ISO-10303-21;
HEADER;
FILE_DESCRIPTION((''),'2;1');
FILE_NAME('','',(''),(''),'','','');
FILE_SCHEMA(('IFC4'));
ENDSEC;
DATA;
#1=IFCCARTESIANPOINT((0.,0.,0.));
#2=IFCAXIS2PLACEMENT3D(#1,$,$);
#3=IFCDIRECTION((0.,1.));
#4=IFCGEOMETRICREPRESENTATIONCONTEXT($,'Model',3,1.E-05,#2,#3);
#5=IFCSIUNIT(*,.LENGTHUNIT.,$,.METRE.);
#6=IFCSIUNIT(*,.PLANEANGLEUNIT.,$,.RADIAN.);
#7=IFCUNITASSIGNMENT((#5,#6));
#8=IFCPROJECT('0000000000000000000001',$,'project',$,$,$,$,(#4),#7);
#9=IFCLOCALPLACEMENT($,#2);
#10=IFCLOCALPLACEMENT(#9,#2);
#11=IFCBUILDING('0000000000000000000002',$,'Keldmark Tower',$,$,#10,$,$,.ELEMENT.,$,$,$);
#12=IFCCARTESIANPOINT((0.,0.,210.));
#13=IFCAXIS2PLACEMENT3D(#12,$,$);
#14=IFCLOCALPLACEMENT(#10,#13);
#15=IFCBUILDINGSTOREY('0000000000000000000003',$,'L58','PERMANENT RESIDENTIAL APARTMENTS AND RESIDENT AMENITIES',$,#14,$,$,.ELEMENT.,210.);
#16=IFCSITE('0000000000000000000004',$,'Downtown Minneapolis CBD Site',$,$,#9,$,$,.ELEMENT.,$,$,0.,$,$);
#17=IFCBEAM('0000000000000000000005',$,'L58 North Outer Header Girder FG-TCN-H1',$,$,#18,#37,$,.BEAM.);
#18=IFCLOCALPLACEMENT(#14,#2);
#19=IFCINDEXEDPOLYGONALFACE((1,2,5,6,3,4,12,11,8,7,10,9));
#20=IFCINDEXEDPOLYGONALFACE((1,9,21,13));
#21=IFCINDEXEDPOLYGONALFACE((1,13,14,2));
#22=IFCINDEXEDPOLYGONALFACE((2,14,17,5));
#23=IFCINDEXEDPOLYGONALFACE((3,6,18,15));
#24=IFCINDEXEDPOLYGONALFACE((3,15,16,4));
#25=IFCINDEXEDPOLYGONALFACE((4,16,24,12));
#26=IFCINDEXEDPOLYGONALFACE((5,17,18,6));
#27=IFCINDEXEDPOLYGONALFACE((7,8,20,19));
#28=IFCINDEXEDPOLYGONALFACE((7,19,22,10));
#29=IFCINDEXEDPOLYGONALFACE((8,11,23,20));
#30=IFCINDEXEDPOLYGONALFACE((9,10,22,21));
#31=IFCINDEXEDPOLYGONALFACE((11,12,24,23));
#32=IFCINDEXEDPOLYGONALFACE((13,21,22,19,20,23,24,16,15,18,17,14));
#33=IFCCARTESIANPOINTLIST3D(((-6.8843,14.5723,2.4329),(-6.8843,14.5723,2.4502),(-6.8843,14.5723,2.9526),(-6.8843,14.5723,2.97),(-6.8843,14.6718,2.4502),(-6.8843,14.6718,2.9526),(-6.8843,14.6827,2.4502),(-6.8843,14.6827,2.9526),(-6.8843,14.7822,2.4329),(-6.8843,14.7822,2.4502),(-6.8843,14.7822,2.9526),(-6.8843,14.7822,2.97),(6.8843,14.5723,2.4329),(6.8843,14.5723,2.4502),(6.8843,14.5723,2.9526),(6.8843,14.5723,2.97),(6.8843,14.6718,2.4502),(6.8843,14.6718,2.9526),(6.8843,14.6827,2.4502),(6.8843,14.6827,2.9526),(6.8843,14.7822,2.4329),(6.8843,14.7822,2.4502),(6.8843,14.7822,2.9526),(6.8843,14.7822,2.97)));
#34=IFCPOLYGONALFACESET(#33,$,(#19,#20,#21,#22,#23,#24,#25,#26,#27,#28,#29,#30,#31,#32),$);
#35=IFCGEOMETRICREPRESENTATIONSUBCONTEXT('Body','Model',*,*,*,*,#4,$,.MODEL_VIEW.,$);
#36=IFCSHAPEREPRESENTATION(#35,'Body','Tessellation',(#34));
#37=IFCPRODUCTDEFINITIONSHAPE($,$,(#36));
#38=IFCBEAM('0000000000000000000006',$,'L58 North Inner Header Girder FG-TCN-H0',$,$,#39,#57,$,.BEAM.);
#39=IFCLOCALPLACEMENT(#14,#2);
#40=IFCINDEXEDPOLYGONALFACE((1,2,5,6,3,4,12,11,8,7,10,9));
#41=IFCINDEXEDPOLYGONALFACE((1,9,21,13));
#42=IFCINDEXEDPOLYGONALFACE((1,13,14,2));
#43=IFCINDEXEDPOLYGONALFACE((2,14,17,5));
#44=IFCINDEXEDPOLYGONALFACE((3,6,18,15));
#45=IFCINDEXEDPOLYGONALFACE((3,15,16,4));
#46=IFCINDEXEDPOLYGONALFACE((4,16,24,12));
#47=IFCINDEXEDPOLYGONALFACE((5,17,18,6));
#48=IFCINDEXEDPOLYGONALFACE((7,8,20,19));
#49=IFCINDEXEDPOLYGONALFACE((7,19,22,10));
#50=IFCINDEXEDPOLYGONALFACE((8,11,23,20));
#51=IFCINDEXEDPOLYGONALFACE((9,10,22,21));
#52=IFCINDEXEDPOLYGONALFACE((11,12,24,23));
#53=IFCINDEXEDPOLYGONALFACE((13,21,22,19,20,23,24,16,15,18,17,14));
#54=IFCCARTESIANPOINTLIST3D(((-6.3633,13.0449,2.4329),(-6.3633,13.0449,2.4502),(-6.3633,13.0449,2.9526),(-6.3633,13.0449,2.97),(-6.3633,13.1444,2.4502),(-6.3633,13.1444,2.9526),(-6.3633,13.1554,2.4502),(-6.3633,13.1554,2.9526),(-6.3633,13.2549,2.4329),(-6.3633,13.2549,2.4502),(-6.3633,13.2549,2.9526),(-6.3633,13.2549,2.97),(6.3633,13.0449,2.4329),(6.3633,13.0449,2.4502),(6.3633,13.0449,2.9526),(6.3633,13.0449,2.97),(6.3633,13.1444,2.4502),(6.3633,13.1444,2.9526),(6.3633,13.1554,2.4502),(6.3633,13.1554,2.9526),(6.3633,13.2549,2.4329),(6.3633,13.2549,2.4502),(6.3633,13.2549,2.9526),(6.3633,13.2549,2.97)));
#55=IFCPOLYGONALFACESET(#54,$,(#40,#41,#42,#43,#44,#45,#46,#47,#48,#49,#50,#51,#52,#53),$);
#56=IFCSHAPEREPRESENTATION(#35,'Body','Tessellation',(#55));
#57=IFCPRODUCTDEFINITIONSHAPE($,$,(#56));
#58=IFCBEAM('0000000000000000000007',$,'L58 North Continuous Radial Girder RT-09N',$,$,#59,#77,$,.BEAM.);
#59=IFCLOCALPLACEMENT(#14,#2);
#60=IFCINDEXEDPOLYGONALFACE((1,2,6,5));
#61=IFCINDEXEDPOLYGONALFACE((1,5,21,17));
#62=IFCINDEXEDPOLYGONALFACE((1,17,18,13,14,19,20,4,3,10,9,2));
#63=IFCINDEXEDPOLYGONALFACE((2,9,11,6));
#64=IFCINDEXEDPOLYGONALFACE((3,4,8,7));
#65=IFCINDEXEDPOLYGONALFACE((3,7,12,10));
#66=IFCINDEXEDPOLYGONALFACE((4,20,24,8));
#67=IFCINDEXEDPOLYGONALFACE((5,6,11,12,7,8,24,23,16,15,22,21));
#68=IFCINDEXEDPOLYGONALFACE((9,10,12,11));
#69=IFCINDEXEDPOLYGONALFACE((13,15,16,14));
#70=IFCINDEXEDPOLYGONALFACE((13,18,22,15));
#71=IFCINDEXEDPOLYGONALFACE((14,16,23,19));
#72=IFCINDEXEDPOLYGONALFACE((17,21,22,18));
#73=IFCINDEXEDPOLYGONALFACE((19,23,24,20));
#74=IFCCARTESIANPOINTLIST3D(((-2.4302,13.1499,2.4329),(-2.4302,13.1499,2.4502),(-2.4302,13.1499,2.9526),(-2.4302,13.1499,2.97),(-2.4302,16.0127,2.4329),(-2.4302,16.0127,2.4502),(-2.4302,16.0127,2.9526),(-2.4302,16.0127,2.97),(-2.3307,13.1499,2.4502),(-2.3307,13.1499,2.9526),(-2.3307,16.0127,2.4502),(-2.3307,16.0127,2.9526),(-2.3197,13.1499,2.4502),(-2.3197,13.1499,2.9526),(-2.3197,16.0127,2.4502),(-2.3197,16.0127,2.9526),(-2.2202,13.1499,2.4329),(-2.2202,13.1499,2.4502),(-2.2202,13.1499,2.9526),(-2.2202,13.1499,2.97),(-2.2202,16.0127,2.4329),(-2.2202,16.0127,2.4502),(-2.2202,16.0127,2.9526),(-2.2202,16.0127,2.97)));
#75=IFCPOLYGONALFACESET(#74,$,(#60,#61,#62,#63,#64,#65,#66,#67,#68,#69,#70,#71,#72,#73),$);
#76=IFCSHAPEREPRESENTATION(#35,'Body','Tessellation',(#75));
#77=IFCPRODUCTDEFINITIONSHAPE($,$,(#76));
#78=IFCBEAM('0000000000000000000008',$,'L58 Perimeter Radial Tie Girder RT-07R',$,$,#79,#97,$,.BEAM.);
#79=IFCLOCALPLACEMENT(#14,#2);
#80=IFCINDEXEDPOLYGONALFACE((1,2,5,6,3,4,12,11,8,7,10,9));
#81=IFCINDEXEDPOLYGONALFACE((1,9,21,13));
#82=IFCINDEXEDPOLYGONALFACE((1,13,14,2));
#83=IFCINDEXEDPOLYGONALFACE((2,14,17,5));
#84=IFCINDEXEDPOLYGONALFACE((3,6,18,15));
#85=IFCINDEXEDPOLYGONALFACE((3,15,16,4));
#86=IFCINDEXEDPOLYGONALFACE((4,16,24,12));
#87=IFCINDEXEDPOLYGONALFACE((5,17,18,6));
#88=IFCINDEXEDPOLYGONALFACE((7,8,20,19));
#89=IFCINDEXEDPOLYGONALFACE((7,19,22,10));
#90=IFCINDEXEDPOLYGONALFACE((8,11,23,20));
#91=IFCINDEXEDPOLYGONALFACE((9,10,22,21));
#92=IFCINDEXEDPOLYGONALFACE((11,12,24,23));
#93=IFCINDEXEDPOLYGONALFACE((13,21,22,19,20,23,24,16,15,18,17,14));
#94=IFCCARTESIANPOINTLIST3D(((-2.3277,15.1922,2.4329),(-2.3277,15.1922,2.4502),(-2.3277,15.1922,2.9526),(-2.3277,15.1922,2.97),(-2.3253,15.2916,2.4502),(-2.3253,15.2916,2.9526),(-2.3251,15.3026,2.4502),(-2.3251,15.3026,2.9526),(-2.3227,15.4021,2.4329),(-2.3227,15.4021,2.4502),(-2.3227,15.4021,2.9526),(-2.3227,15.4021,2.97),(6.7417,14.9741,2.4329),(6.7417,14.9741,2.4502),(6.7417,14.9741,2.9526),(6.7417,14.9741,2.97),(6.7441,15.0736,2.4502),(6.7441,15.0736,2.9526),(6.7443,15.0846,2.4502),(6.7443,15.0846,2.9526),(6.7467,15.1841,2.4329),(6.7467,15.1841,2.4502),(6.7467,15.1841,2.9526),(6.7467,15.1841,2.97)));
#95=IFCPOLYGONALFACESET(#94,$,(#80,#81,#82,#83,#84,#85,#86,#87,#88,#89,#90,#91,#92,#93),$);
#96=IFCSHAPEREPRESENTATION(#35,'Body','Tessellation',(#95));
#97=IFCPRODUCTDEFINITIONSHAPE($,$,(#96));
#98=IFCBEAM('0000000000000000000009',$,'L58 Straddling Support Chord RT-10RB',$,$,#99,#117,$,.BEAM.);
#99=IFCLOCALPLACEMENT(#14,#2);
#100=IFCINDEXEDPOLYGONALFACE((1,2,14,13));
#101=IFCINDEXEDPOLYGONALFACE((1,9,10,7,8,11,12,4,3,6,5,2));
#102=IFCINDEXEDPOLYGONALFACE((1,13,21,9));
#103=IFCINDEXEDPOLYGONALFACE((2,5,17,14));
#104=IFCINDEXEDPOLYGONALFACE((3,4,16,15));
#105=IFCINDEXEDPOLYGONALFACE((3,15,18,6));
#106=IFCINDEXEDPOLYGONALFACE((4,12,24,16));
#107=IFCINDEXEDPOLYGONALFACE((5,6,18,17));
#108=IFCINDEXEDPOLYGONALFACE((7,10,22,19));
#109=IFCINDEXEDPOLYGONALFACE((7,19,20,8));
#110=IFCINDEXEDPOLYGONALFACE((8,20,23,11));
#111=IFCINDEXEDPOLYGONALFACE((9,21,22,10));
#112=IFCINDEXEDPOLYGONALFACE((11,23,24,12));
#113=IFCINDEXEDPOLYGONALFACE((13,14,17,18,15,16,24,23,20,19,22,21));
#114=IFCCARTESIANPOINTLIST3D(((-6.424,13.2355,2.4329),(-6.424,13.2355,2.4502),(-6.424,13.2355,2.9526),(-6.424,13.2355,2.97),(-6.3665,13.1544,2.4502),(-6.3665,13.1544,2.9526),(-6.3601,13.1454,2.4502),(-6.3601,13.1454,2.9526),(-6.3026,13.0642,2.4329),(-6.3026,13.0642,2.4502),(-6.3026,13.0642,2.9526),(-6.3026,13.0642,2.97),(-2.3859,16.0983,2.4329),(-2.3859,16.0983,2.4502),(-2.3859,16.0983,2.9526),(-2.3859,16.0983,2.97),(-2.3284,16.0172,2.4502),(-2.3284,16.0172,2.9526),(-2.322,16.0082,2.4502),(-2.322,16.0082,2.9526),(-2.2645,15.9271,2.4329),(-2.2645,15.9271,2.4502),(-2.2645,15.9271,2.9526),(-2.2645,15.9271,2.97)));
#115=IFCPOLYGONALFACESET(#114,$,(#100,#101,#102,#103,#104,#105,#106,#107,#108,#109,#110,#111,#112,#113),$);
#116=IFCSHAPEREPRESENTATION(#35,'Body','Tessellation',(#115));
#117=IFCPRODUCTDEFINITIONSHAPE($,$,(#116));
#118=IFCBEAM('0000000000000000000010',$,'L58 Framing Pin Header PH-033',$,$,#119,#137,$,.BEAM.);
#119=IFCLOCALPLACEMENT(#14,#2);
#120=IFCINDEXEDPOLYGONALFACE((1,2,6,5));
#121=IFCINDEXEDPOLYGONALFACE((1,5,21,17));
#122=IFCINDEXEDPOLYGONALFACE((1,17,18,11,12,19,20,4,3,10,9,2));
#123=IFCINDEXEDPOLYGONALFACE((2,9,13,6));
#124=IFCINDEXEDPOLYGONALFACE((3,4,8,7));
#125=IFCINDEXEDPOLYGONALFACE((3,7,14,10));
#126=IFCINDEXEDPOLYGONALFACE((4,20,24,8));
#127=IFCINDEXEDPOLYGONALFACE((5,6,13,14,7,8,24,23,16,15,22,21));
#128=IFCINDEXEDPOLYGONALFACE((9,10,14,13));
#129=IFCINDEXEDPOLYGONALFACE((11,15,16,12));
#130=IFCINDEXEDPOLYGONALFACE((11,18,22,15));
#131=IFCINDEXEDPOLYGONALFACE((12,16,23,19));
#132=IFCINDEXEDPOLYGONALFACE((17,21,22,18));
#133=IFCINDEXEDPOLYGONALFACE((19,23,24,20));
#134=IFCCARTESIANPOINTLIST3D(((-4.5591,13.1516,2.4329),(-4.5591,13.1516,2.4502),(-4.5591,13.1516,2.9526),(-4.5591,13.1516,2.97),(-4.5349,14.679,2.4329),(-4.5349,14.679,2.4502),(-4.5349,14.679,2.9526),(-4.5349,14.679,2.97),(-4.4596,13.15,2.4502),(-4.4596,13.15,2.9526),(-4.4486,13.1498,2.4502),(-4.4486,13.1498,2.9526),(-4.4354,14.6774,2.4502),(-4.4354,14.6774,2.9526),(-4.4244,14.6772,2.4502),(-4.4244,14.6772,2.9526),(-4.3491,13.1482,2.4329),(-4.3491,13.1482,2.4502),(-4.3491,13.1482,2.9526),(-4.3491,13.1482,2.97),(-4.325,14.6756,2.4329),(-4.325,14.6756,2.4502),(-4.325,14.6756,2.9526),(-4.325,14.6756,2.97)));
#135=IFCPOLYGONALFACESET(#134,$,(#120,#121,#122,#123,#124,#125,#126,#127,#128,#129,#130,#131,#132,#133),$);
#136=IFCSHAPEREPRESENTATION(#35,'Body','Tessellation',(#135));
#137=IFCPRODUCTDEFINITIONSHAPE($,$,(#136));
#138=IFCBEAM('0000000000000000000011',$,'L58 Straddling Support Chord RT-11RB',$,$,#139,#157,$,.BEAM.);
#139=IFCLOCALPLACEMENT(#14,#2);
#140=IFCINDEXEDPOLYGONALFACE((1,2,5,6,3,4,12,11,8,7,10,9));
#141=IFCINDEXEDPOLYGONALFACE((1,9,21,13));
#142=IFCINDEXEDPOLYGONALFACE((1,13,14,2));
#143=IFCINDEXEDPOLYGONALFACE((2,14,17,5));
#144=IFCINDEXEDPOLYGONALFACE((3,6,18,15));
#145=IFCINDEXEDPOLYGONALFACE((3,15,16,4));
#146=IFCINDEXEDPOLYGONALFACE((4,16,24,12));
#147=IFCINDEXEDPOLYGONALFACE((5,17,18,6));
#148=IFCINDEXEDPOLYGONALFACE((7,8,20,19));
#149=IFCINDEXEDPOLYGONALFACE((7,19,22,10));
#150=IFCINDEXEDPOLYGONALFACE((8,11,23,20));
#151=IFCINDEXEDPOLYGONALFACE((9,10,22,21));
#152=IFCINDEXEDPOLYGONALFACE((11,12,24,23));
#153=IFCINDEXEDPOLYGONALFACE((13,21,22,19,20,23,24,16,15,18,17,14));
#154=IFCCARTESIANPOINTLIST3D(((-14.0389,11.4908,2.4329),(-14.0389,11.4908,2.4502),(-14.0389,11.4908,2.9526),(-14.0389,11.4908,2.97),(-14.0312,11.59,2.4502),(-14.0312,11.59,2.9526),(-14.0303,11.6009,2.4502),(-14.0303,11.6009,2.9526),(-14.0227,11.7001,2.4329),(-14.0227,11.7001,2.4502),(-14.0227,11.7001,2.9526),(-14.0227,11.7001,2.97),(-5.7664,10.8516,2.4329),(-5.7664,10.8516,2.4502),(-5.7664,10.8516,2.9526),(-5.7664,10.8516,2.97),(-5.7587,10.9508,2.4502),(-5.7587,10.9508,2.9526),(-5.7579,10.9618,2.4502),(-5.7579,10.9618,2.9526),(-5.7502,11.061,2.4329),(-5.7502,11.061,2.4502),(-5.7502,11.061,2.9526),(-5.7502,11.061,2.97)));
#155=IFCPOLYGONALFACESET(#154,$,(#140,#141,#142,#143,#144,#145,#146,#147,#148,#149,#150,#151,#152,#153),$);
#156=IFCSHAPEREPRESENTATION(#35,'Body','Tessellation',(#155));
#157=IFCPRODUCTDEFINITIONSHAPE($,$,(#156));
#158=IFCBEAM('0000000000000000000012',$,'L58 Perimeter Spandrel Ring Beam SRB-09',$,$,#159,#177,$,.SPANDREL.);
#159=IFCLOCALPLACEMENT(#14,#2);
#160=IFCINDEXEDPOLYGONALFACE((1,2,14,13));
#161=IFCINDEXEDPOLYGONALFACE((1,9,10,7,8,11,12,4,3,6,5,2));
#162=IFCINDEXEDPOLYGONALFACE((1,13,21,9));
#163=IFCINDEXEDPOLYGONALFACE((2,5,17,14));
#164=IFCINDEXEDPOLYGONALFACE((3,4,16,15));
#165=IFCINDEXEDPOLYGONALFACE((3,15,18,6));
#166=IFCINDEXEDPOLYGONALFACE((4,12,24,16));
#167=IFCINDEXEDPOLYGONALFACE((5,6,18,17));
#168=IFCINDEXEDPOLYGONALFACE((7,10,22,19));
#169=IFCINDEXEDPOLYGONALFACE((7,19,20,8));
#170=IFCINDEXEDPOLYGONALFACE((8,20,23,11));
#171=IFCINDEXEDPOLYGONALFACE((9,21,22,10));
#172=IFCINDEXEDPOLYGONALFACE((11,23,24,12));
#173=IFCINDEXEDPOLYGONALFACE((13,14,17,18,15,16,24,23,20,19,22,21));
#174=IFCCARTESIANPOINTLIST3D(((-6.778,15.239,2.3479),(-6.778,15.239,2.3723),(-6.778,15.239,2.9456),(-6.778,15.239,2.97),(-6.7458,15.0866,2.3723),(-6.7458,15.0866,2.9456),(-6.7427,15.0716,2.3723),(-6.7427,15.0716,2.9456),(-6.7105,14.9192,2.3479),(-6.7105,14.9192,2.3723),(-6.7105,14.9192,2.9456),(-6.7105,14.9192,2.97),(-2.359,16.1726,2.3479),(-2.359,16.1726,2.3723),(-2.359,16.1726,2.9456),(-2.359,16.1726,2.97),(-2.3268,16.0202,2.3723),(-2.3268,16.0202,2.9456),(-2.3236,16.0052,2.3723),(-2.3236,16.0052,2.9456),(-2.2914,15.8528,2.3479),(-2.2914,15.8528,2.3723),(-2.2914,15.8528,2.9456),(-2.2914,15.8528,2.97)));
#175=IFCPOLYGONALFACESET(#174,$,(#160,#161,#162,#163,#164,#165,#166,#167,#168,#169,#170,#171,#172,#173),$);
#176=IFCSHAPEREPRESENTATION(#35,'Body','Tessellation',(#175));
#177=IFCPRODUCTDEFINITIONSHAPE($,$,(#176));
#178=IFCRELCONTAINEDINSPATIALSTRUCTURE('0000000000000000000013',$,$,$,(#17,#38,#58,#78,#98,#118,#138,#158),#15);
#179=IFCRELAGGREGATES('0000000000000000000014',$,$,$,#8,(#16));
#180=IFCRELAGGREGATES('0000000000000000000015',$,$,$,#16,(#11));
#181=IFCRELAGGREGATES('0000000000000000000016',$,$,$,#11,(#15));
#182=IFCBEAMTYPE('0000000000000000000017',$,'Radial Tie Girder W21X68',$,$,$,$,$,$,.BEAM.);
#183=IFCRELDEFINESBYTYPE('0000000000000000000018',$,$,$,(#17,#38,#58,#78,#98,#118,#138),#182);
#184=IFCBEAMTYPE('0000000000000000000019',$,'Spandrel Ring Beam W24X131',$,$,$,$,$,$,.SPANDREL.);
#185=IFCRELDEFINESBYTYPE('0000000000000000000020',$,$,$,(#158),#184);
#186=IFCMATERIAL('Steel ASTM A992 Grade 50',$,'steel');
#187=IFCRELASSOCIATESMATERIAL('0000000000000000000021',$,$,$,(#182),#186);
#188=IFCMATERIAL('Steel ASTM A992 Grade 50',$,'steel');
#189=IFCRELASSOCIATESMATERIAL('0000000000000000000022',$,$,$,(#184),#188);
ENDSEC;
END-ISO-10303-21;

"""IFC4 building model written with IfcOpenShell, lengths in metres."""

from ifc_helpers import new_model, si_unit, direction, frame, origin, origin_2d, place, context, subcontext, project, spatial, i_section, extrude, material, material_profile, profile_set, type_object, element, save


model = new_model("IFC4")

# Units and contexts
model_context = context("Model", 3, precision=1e-05, world=origin(), true_north=direction((0.0, 1.0)))
body_context = subcontext(model_context, "Body", "Model", "MODEL_VIEW")
ifc_project = project(units=[si_unit("LENGTHUNIT", "METRE"), si_unit("PLANEANGLEUNIT", "RADIAN")], contexts=[model_context])

# Site, building, storey
site_placement = place(None, origin())
site = spatial("IfcSite", under=ifc_project, at=site_placement, Name="Downtown Minneapolis CBD Site", CompositionType="ELEMENT", RefElevation=0.0)
building_placement = place(site_placement, origin())
building = spatial("IfcBuilding", under=site, at=building_placement, Name="Keldmark Tower", CompositionType="ELEMENT")
storey_placement = place(building_placement, frame((0.0, 0.0, 210.0)))
storey = spatial("IfcBuildingStorey", under=building, at=storey_placement, Name="L58", Description="PERMANENT RESIDENTIAL APARTMENTS AND RESIDENT AMENITIES", CompositionType="ELEMENT", Elevation=210.0)

# Beams
ifc_material_1 = material(Name="Steel ASTM A992 Grade 50", Category="steel")
ifc_material_profile_1 = material_profile(ifc_material_1, i_section(OverallWidth=0.21, OverallDepth=0.5371, WebThickness=0.011, FlangeThickness=0.0173, at=origin_2d()), Name="W21X68")
ifc_profile_set_1 = profile_set([ifc_material_profile_1], Name="Steel ASTM A992 Grade 50")
beam_type_1 = type_object("IfcBeamType", Name="Radial Tie Girder W21X68", PredefinedType="BEAM", material=ifc_profile_set_1)
beam_1_placement = place(storey_placement, frame((-6.8843, 14.6772, 2.7014), z_axis=(1.0, 0.0, 0.0), x_axis=(0.0, 1.0, 0.0)))
element("IfcBeam", 1, at=beam_1_placement, inside=storey, type_object=beam_type_1, Name="L58 North Outer Header Girder FG-TCN-H1", PredefinedType="BEAM", context=body_context, shape_type="SweptSolid", body=[
    extrude(i_section(OverallWidth=0.21, OverallDepth=0.5371, WebThickness=0.011, FlangeThickness=0.0173, at=origin_2d()), origin(), (0.0, 0.0, 1.0), 13.7686),
])
beam_2_placement = place(storey_placement, frame((-6.3633, 13.1499, 2.7014), z_axis=(1.0, 0.0, 0.0), x_axis=(0.0, 1.0, 0.0)))
element("IfcBeam", 2, at=beam_2_placement, inside=storey, type_object=beam_type_1, Name="L58 North Inner Header Girder FG-TCN-H0", PredefinedType="BEAM", context=body_context, shape_type="SweptSolid", body=[
    extrude(i_section(OverallWidth=0.21, OverallDepth=0.5371, WebThickness=0.011, FlangeThickness=0.0173, at=origin_2d()), origin(), (0.0, 0.0, 1.0), 12.7266),
])
beam_3_placement = place(storey_placement, frame((-2.3252, 13.1499, 2.7014), z_axis=(0.0, 1.0, 0.0), x_axis=(-1.0, 0.0, 0.0)))
element("IfcBeam", 3, at=beam_3_placement, inside=storey, type_object=beam_type_1, Name="L58 North Continuous Radial Girder RT-09N", PredefinedType="BEAM", context=body_context, shape_type="SweptSolid", body=[
    extrude(i_section(OverallWidth=0.21, OverallDepth=0.5371, WebThickness=0.011, FlangeThickness=0.0173, at=origin_2d()), origin(), (0.0, 0.0, 1.0), 2.8628),
])
beam_4_placement = place(storey_placement, frame((-2.3252, 15.2971, 2.7014), z_axis=(0.999711, -0.024032, 0.0), x_axis=(0.024032, 0.999711, 0.0)))
element("IfcBeam", 4, at=beam_4_placement, inside=storey, type_object=beam_type_1, Name="L58 Perimeter Radial Tie Girder RT-07R", PredefinedType="BEAM", context=body_context, shape_type="SweptSolid", body=[
    extrude(i_section(OverallWidth=0.21, OverallDepth=0.5371, WebThickness=0.011, FlangeThickness=0.0173, at=origin_2d()), origin(), (0.0, 0.0, 1.0), 9.072),
])
beam_5_placement = place(storey_placement, frame((-2.3252, 16.0127, 2.7014), z_axis=(-0.815788, -0.578351, 0.0), x_axis=(0.578351, -0.815788, 0.0)))
element("IfcBeam", 5, at=beam_5_placement, inside=storey, type_object=beam_type_1, Name="L58 Straddling Support Chord RT-10RB", PredefinedType="BEAM", context=body_context, shape_type="SweptSolid", body=[
    extrude(i_section(OverallWidth=0.21, OverallDepth=0.5371, WebThickness=0.011, FlangeThickness=0.0173, at=origin_2d()), origin(), (0.0, 0.0, 1.0), 4.95),
])
beam_6_placement = place(storey_placement, frame((-4.4541, 13.1499, 2.7014), z_axis=(0.015823, 0.999875, 0.0), x_axis=(-0.999875, 0.015823, 0.0)))
element("IfcBeam", 6, at=beam_6_placement, inside=storey, type_object=beam_type_1, Name="L58 Framing Pin Header PH-033", PredefinedType="BEAM", context=body_context, shape_type="SweptSolid", body=[
    extrude(i_section(OverallWidth=0.21, OverallDepth=0.5371, WebThickness=0.011, FlangeThickness=0.0173, at=origin_2d()), origin(), (0.0, 0.0, 1.0), 1.5276),
])
beam_7_placement = place(storey_placement, frame((-5.7583, 10.9563, 2.7014), z_axis=(-0.997028, 0.077034, 0.0), x_axis=(-0.077034, -0.997028, 0.0)))
element("IfcBeam", 7, at=beam_7_placement, inside=storey, type_object=beam_type_1, Name="L58 Straddling Support Chord RT-11RB", PredefinedType="BEAM", context=body_context, shape_type="SweptSolid", body=[
    extrude(i_section(OverallWidth=0.21, OverallDepth=0.5371, WebThickness=0.011, FlangeThickness=0.0173, at=origin_2d()), origin(), (0.0, 0.0, 1.0), 8.2971),
])
ifc_material_2 = material(Name="Steel ASTM A992 Grade 50", Category="steel")
ifc_material_profile_2 = material_profile(ifc_material_2, i_section(OverallWidth=0.3269, OverallDepth=0.6221, WebThickness=0.0154, FlangeThickness=0.0244, at=origin_2d()), Name="W24X131")
ifc_profile_set_2 = profile_set([ifc_material_profile_2], Name="Steel ASTM A992 Grade 50")
beam_type_2 = type_object("IfcBeamType", Name="Spandrel Ring Beam W24X131", PredefinedType="SPANDREL", material=ifc_profile_set_2)
beam_8_placement = place(storey_placement, frame((-2.3252, 16.0127, 2.6589), z_axis=(-0.978403, -0.206708, 0.0), x_axis=(0.206708, -0.978403, 0.0)))
element("IfcBeam", 8, at=beam_8_placement, inside=storey, type_object=beam_type_2, Name="L58 Perimeter Spandrel Ring Beam SRB-09", PredefinedType="SPANDREL", context=body_context, shape_type="SweptSolid", body=[
    extrude(i_section(OverallWidth=0.3269, OverallDepth=0.6221, WebThickness=0.0154, FlangeThickness=0.0244, at=origin_2d()), origin(), (0.0, 0.0, 1.0), 4.5166),
])

save(model, "model.ifc")
